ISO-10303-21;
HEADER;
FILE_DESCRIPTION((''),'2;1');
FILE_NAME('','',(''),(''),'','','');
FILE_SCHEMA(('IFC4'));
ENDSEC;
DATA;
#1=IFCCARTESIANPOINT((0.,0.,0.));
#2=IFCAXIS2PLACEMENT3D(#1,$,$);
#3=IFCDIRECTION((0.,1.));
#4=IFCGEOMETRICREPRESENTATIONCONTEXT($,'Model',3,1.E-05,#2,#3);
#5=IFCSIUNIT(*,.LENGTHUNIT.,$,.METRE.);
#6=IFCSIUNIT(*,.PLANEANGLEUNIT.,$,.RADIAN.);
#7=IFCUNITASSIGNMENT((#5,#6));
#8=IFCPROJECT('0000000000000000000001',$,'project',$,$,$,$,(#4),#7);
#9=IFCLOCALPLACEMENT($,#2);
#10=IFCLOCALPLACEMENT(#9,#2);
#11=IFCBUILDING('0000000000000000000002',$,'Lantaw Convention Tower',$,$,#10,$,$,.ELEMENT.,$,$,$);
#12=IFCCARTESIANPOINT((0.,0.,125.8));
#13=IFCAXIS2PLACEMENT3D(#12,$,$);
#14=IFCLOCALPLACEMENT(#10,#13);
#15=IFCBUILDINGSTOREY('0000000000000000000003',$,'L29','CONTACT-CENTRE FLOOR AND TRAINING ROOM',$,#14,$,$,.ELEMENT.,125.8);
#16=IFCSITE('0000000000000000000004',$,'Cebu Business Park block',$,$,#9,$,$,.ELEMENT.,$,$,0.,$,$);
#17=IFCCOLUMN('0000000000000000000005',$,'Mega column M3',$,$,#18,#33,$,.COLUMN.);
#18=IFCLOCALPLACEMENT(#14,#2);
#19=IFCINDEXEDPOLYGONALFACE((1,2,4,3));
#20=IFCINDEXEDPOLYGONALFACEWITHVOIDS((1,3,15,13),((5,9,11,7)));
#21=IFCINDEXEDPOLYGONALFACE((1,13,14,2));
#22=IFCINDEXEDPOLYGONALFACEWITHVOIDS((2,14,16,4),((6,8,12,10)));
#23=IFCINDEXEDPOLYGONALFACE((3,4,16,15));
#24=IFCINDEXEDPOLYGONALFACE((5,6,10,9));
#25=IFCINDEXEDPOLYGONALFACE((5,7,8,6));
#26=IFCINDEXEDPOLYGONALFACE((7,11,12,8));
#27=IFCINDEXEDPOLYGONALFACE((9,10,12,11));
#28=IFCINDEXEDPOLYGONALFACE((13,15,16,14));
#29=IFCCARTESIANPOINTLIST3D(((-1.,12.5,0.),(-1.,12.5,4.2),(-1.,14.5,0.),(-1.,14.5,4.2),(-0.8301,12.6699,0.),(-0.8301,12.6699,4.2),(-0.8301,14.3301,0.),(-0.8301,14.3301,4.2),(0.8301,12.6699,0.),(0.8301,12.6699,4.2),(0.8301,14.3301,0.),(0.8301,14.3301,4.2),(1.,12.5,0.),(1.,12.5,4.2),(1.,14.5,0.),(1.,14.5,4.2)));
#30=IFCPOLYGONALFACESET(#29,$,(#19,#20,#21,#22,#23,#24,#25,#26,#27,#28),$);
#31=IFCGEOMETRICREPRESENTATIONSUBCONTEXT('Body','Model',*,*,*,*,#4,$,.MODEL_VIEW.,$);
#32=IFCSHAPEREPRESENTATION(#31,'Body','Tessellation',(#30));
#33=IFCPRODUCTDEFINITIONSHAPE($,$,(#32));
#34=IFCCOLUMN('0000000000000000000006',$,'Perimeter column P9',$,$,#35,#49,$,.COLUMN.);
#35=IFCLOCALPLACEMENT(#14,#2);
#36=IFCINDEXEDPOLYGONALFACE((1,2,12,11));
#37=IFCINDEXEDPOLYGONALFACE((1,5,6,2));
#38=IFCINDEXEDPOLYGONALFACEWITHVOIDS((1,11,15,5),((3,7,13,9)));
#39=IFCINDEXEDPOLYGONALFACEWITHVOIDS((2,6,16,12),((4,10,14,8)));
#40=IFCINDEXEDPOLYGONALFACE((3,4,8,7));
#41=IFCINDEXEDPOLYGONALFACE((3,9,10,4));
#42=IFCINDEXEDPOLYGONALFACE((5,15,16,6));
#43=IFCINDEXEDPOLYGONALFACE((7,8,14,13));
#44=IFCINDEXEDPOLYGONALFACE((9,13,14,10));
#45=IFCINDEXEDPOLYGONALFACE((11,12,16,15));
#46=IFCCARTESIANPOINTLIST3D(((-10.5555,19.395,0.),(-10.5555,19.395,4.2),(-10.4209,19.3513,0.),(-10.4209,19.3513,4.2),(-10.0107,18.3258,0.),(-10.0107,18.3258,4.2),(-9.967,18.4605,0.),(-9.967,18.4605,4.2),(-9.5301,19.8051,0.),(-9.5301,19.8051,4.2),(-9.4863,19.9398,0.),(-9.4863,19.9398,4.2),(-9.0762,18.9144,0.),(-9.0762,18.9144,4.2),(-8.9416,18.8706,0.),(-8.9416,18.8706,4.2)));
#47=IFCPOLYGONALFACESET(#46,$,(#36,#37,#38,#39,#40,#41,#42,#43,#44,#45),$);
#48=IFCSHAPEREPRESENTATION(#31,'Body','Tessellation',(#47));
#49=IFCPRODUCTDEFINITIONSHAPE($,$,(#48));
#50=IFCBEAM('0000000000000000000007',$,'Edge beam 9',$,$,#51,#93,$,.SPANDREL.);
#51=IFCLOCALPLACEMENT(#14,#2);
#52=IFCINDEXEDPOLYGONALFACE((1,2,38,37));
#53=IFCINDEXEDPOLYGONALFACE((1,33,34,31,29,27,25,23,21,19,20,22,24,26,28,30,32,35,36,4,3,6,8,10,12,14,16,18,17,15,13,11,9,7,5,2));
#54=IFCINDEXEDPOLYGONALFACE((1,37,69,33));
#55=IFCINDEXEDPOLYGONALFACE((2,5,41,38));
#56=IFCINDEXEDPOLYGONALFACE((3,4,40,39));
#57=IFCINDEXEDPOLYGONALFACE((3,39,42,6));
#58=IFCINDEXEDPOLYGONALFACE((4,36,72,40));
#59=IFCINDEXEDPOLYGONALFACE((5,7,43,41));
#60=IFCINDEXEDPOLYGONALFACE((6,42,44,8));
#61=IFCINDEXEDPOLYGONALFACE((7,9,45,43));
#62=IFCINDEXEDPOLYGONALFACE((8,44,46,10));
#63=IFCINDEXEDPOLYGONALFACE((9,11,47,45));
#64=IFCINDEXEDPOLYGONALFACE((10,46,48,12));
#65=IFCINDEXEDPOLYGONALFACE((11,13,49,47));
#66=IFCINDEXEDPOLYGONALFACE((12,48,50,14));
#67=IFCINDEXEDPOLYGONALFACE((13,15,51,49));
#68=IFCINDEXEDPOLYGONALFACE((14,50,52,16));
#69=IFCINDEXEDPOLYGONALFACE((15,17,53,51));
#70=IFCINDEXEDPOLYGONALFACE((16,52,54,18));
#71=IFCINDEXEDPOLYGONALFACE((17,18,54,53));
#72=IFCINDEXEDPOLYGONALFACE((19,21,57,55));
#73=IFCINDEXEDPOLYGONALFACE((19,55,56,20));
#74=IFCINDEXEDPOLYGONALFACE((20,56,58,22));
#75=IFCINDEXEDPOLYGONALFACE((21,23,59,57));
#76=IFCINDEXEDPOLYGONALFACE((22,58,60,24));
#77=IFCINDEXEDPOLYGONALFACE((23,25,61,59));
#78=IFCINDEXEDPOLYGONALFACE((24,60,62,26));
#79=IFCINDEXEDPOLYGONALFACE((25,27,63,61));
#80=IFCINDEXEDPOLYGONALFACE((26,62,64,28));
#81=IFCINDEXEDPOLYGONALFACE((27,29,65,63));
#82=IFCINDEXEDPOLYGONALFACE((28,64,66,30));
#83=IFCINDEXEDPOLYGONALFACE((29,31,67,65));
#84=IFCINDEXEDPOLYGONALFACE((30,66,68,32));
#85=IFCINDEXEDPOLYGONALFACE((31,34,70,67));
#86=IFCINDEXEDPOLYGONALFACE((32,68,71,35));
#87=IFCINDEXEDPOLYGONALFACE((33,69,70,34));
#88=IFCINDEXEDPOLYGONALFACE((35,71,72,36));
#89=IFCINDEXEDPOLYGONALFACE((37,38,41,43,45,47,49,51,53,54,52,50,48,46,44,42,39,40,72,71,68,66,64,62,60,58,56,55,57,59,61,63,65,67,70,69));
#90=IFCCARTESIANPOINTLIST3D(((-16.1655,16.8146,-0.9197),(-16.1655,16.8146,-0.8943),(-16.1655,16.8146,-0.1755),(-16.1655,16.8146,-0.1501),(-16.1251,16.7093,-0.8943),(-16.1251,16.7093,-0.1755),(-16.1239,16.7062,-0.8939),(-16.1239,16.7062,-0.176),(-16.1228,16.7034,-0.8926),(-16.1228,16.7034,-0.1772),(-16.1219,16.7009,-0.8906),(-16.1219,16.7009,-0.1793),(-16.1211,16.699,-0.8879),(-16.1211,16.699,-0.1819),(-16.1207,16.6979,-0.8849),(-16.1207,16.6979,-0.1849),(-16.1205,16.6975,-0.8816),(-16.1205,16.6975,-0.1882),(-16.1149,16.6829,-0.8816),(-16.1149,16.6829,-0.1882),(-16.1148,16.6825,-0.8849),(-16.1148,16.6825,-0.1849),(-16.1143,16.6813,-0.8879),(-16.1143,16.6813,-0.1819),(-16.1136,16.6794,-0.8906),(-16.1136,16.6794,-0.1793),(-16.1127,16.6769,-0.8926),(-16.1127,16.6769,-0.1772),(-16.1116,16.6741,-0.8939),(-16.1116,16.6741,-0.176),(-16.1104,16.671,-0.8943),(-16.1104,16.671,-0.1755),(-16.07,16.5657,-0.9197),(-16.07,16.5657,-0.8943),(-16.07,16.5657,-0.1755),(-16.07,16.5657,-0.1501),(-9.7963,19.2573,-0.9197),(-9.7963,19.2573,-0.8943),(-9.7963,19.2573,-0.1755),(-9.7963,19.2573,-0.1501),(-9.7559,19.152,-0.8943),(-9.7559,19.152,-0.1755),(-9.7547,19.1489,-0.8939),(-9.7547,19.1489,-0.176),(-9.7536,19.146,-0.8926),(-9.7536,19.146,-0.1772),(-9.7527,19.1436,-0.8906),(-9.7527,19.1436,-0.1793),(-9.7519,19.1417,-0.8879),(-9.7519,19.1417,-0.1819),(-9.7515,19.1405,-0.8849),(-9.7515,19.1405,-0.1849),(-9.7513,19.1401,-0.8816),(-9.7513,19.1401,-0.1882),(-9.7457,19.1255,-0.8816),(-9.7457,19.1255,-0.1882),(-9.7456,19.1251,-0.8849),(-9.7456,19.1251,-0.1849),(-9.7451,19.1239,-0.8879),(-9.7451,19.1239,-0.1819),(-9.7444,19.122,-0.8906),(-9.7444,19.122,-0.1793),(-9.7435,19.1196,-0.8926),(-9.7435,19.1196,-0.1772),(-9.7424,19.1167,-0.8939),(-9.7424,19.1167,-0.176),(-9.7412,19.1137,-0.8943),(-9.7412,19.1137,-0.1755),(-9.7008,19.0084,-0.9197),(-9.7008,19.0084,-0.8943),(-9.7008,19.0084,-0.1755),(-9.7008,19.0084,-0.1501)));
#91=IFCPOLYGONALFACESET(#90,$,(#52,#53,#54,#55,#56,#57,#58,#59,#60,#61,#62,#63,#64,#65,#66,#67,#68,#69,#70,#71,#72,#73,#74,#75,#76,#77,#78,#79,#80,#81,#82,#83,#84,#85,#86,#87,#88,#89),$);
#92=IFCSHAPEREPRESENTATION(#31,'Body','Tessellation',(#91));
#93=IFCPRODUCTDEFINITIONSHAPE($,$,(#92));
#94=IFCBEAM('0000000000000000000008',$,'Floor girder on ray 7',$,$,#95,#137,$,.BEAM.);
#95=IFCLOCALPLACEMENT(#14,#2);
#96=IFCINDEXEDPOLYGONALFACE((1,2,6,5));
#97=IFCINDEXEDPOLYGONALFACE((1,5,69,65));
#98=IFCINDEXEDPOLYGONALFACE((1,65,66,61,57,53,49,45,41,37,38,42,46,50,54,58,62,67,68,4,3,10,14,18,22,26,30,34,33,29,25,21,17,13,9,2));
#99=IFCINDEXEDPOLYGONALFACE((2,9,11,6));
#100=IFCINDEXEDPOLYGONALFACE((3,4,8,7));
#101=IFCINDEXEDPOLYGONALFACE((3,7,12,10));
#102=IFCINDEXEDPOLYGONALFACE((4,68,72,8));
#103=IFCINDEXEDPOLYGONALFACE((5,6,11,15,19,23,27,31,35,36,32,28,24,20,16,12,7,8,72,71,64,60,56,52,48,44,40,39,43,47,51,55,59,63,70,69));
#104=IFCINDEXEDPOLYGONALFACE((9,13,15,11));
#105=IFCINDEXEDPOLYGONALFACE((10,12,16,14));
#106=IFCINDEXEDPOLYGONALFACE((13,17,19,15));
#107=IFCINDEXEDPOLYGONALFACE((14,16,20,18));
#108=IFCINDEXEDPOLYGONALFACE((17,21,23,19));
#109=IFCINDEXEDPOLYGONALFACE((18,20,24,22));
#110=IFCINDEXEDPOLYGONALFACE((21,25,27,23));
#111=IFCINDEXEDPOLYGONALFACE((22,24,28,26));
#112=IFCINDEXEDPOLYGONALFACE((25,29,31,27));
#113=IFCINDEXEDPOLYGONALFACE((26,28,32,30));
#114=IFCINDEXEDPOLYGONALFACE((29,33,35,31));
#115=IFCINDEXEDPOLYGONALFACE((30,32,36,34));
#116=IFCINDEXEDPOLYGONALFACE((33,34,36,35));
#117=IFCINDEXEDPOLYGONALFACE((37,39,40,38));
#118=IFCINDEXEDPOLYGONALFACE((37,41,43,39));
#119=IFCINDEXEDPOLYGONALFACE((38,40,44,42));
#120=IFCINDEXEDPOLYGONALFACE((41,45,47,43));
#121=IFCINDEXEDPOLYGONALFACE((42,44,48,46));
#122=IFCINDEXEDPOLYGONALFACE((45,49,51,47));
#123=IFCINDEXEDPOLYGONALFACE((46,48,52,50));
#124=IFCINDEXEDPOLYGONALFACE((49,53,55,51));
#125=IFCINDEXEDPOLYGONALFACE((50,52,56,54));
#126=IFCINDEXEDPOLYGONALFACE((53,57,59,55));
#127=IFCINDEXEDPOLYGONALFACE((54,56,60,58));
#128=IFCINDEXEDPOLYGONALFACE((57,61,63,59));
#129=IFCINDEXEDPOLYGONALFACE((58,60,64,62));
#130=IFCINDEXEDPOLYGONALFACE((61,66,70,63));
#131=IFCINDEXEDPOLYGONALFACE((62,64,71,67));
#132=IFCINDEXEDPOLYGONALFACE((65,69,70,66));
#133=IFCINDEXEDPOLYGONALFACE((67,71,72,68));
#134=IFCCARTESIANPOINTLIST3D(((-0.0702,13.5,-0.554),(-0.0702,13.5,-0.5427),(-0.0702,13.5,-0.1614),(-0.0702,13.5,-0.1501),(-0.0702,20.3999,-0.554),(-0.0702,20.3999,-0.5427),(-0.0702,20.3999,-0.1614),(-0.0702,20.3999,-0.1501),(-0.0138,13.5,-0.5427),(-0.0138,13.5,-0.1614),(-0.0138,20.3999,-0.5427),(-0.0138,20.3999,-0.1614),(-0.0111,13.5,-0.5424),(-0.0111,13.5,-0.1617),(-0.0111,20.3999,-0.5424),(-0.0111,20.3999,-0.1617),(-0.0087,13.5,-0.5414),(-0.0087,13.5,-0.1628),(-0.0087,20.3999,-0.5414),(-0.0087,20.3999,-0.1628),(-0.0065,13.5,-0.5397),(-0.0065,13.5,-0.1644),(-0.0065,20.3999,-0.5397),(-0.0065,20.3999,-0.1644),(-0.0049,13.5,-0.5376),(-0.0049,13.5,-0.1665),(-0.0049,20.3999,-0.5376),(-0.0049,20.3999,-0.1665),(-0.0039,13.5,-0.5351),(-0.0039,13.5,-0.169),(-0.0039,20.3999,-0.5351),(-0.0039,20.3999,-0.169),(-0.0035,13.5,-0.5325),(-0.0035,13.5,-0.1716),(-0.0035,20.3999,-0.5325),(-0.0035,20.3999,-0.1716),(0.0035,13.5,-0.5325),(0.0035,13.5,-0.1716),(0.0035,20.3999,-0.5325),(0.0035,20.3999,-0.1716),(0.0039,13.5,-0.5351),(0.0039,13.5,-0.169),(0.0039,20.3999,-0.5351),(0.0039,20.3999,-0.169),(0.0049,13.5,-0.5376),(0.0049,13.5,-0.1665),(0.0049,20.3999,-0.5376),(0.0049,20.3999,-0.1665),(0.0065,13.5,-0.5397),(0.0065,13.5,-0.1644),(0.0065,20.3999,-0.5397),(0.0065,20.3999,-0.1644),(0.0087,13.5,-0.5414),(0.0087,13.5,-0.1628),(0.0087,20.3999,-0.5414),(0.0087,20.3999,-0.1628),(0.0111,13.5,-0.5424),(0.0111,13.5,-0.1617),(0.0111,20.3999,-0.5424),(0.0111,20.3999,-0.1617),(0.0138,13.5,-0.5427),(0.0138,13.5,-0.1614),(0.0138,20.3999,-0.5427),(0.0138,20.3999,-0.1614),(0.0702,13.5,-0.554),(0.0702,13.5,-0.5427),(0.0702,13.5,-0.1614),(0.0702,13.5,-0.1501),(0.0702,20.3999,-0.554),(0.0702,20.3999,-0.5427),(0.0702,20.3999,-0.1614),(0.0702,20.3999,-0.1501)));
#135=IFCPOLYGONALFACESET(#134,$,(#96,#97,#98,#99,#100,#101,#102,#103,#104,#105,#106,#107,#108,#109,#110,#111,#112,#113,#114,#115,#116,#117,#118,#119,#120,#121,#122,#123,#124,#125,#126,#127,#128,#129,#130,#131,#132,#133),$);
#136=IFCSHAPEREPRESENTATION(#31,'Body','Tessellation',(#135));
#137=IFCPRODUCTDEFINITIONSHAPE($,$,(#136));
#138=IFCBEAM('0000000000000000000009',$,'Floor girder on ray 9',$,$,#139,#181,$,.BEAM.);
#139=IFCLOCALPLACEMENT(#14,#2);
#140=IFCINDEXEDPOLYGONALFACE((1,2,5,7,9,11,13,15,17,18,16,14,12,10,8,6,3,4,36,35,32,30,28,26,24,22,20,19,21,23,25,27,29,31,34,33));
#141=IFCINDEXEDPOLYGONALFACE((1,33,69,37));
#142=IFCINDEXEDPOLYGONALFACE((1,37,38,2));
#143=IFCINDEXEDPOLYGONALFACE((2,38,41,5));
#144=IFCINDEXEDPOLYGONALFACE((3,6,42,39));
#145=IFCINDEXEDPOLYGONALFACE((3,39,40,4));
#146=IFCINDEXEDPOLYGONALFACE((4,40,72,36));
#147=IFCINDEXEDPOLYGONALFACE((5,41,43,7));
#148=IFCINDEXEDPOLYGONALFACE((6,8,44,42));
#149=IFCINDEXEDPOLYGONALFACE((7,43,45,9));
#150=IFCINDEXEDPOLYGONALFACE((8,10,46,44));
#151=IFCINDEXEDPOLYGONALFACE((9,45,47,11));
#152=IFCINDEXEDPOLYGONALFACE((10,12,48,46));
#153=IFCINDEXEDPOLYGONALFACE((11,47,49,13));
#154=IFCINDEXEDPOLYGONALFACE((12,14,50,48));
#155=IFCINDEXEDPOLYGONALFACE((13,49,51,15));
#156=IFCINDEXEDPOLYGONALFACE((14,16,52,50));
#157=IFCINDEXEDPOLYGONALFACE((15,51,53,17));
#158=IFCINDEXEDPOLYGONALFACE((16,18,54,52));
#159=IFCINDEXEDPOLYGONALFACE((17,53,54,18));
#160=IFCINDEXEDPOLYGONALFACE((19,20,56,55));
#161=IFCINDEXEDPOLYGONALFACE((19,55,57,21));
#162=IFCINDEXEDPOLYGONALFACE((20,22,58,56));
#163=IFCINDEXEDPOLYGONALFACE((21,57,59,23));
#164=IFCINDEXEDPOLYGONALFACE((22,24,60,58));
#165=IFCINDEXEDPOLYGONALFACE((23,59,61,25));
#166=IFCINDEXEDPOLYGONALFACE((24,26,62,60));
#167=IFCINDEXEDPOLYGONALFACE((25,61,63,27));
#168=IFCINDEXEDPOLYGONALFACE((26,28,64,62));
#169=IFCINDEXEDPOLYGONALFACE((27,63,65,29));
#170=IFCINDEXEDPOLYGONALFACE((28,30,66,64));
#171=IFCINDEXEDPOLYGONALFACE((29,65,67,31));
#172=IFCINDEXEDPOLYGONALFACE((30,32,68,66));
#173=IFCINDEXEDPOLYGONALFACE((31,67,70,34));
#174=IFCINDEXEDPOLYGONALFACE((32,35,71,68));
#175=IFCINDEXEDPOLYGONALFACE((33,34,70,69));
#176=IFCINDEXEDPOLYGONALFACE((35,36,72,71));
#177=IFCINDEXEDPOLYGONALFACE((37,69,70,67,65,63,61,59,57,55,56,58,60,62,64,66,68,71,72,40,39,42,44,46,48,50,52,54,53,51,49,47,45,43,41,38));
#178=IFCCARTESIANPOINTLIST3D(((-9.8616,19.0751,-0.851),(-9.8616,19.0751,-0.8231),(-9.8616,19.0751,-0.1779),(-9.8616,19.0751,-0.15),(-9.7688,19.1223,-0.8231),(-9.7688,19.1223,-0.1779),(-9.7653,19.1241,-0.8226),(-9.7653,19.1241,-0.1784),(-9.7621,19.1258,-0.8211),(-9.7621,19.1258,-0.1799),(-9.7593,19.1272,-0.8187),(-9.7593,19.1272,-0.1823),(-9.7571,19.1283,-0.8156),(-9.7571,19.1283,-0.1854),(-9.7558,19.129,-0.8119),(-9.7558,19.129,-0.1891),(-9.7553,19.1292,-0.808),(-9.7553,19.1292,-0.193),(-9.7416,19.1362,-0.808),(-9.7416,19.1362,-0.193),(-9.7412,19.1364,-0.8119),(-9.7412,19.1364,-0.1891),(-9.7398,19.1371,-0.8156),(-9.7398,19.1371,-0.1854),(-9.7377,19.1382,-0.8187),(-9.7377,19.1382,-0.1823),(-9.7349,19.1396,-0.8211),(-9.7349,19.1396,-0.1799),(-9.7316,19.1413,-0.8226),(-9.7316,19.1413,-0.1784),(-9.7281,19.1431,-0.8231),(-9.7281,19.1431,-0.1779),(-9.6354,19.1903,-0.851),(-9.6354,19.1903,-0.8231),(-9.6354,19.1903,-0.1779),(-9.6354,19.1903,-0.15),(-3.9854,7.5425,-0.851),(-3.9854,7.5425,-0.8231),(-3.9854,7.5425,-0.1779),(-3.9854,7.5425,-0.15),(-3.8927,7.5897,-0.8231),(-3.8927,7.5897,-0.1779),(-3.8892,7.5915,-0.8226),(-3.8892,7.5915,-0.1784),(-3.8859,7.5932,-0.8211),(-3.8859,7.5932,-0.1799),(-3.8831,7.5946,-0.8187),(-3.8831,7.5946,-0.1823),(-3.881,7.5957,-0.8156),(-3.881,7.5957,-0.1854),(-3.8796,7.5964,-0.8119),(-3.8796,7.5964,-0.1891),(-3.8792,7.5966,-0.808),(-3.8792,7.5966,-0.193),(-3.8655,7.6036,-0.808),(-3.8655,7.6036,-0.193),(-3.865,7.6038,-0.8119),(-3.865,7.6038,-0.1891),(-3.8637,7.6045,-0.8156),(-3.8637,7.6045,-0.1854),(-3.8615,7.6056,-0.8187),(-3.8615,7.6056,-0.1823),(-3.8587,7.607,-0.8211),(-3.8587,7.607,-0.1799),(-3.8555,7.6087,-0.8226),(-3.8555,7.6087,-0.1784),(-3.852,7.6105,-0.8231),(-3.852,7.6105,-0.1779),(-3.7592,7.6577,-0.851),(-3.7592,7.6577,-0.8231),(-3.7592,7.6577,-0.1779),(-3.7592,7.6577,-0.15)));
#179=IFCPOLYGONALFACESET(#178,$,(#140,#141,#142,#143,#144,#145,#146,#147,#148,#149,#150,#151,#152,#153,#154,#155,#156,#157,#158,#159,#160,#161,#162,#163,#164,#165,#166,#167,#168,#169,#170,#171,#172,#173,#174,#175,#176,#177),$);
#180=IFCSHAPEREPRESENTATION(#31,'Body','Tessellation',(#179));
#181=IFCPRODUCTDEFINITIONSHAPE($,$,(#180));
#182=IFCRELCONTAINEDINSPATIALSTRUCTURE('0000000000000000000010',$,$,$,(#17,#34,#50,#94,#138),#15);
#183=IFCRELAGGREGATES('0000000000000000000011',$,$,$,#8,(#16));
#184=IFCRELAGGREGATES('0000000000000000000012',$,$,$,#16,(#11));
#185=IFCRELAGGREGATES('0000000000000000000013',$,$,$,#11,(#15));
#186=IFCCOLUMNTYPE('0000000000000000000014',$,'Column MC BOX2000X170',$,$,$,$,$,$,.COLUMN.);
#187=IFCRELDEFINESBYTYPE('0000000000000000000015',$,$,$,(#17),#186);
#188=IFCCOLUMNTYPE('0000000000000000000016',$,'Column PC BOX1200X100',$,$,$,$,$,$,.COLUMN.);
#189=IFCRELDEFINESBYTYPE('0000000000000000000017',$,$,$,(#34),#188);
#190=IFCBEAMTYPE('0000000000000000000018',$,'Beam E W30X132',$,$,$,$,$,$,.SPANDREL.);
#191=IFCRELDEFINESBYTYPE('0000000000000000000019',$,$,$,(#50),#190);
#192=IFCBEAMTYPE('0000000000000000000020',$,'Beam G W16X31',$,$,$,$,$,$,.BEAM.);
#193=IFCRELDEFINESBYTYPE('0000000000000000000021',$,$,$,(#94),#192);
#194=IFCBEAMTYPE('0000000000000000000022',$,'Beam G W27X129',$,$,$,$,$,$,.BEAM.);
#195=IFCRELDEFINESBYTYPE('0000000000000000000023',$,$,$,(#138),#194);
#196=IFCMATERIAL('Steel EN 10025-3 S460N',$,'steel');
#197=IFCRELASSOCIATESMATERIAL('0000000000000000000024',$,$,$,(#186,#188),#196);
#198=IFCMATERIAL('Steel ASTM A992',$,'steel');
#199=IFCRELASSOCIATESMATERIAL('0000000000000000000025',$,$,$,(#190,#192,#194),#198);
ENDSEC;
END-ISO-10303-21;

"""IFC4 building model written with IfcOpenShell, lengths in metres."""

from ifc_helpers import new_model, si_unit, direction, frame, origin, origin_2d, place, context, subcontext, project, spatial, rectangle, hollow_rectangle, i_section, extrude, material, material_profile, profile_set, type_object, element, save


model = new_model("IFC4")

# Units and contexts
model_context = context("Model", 3, precision=1e-05, world=origin(), true_north=direction((0.0, 1.0)))
body_context = subcontext(model_context, "Body", "Model", "MODEL_VIEW")
ifc_project = project(units=[si_unit("LENGTHUNIT", "METRE"), si_unit("PLANEANGLEUNIT", "RADIAN")], contexts=[model_context])

# Site, building, storey
site_placement = place(None, origin())
site = spatial("IfcSite", under=ifc_project, at=site_placement, Name="Cebu Business Park block", CompositionType="ELEMENT", RefElevation=0.0)
building_placement = place(site_placement, origin())
building = spatial("IfcBuilding", under=site, at=building_placement, Name="Lantaw Convention Tower", CompositionType="ELEMENT")
storey_placement = place(building_placement, frame((0.0, 0.0, 125.8)))
storey = spatial("IfcBuildingStorey", under=building, at=storey_placement, Name="L29", Description="CONTACT-CENTRE FLOOR AND TRAINING ROOM", CompositionType="ELEMENT", Elevation=125.8)

# Columns
ifc_material_1 = material(Name="Steel EN 10025-3 S460N", Category="steel")
ifc_material_profile_1 = material_profile(ifc_material_1, hollow_rectangle(XDim=2.0, YDim=2.0, WallThickness=0.1699, at=origin_2d()), Name="BOX2000X170")
ifc_material_2 = material(Name="Concrete C60/75", Category="concrete")
ifc_material_profile_2 = material_profile(ifc_material_2, rectangle(XDim=1.6599, YDim=1.6599, at=origin_2d()), Name="Concrete fill of BOX2000X170")
ifc_profile_set_1 = profile_set([ifc_material_profile_1, ifc_material_profile_2], Name="Steel EN 10025-3 S460N")
column_type_1 = type_object("IfcColumnType", Name="Column MC BOX2000X170", PredefinedType="COLUMN", material=ifc_profile_set_1)
column_1_placement = place(storey_placement, frame((0.0, 13.5, 0.0), z_axis=(0.0, 0.0, 1.0), x_axis=(1.0, 0.0, 0.0)))
element("IfcColumn", 1, at=column_1_placement, inside=storey, type_object=column_type_1, Name="Mega column M3", PredefinedType="COLUMN", context=body_context, shape_type="SweptSolid", body=[
    extrude(hollow_rectangle(XDim=2.0, YDim=2.0, WallThickness=0.1699, at=origin_2d()), origin(), (0.0, 0.0, 1.0), 4.2),
])
ifc_material_profile_3 = material_profile(ifc_material_1, hollow_rectangle(XDim=1.2, YDim=1.2, WallThickness=0.1001, at=origin_2d()), Name="BOX1200X100")
ifc_material_profile_4 = material_profile(ifc_material_2, rectangle(XDim=1.0, YDim=1.0, at=origin_2d()), Name="Concrete fill of BOX1200X100")
ifc_profile_set_2 = profile_set([ifc_material_profile_3, ifc_material_profile_4], Name="Steel EN 10025-3 S460N")
column_type_2 = type_object("IfcColumnType", Name="Column PC BOX1200X100", PredefinedType="COLUMN", material=ifc_profile_set_2)
column_2_placement = place(storey_placement, frame((-9.7485, 19.1328, 0.0), z_axis=(0.0, 0.0, 1.0), x_axis=(0.891007, 0.45399, 0.0)))
element("IfcColumn", 2, at=column_2_placement, inside=storey, type_object=column_type_2, Name="Perimeter column P9", PredefinedType="COLUMN", context=body_context, shape_type="SweptSolid", body=[
    extrude(hollow_rectangle(XDim=1.2, YDim=1.2, WallThickness=0.1001, at=origin_2d()), origin(), (0.0, 0.0, 1.0), 4.2),
])

# Beams
ifc_material_3 = material(Name="Steel ASTM A992", Category="steel")
ifc_material_profile_5 = material_profile(ifc_material_3, i_section(OverallWidth=0.2666, OverallDepth=0.7695, WebThickness=0.0156, FlangeThickness=0.0254, FilletRadius=0.0127, at=origin_2d()), Name="W30X132")
ifc_profile_set_3 = profile_set([ifc_material_profile_5], Name="Steel ASTM A992")
beam_type_1 = type_object("IfcBeamType", Name="Beam E W30X132", PredefinedType="SPANDREL", material=ifc_profile_set_3)
beam_1_placement = place(storey_placement, frame((-9.7485, 19.1328, -0.5349), z_axis=(-0.933691, -0.35808, 0.0), x_axis=(0.35808, -0.933691, 0.0)))
element("IfcBeam", 3, at=beam_1_placement, inside=storey, type_object=beam_type_1, Name="Edge beam 9", PredefinedType="SPANDREL", context=body_context, shape_type="SweptSolid", body=[
    extrude(i_section(OverallWidth=0.2666, OverallDepth=0.7695, WebThickness=0.0156, FlangeThickness=0.0254, FilletRadius=0.0127, at=origin_2d()), origin(), (0.0, 0.0, 1.0), 6.8215),
])
ifc_material_profile_6 = material_profile(ifc_material_3, i_section(OverallWidth=0.1404, OverallDepth=0.4038, WebThickness=0.0071, FlangeThickness=0.0112, FilletRadius=0.0103, at=origin_2d()), Name="W16X31")
ifc_profile_set_4 = profile_set([ifc_material_profile_6], Name="Steel ASTM A992")
beam_type_2 = type_object("IfcBeamType", Name="Beam G W16X31", PredefinedType="BEAM", material=ifc_profile_set_4)
beam_2_placement = place(storey_placement, frame((0.0, 13.5, -0.3521), z_axis=(0.0, 1.0, 0.0), x_axis=(-1.0, 0.0, 0.0)))
element("IfcBeam", 4, at=beam_2_placement, inside=storey, type_object=beam_type_2, Name="Floor girder on ray 7", PredefinedType="BEAM", context=body_context, shape_type="SweptSolid", body=[
    extrude(i_section(OverallWidth=0.1404, OverallDepth=0.4038, WebThickness=0.0071, FlangeThickness=0.0112, FilletRadius=0.0103, at=origin_2d()), origin(), (0.0, 0.0, 1.0), 6.8999),
])
ifc_material_profile_7 = material_profile(ifc_material_3, i_section(OverallWidth=0.2539, OverallDepth=0.7009, WebThickness=0.0154, FlangeThickness=0.0278, FilletRadius=0.0151, at=origin_2d()), Name="W27X129")
ifc_profile_set_5 = profile_set([ifc_material_profile_7], Name="Steel ASTM A992")
beam_type_3 = type_object("IfcBeamType", Name="Beam G W27X129", PredefinedType="BEAM", material=ifc_profile_set_5)
beam_3_placement = place(storey_placement, frame((-3.8723, 7.6001, -0.5005), z_axis=(-0.453991, 0.891006, 0.0), x_axis=(-0.891006, -0.453991, 0.0)))
element("IfcBeam", 5, at=beam_3_placement, inside=storey, type_object=beam_type_3, Name="Floor girder on ray 9", PredefinedType="BEAM", context=body_context, shape_type="SweptSolid", body=[
    extrude(i_section(OverallWidth=0.2539, OverallDepth=0.7009, WebThickness=0.0154, FlangeThickness=0.0278, FilletRadius=0.0151, at=origin_2d()), origin(), (0.0, 0.0, 1.0), 12.9434),
])

save(model, "model.ifc")
